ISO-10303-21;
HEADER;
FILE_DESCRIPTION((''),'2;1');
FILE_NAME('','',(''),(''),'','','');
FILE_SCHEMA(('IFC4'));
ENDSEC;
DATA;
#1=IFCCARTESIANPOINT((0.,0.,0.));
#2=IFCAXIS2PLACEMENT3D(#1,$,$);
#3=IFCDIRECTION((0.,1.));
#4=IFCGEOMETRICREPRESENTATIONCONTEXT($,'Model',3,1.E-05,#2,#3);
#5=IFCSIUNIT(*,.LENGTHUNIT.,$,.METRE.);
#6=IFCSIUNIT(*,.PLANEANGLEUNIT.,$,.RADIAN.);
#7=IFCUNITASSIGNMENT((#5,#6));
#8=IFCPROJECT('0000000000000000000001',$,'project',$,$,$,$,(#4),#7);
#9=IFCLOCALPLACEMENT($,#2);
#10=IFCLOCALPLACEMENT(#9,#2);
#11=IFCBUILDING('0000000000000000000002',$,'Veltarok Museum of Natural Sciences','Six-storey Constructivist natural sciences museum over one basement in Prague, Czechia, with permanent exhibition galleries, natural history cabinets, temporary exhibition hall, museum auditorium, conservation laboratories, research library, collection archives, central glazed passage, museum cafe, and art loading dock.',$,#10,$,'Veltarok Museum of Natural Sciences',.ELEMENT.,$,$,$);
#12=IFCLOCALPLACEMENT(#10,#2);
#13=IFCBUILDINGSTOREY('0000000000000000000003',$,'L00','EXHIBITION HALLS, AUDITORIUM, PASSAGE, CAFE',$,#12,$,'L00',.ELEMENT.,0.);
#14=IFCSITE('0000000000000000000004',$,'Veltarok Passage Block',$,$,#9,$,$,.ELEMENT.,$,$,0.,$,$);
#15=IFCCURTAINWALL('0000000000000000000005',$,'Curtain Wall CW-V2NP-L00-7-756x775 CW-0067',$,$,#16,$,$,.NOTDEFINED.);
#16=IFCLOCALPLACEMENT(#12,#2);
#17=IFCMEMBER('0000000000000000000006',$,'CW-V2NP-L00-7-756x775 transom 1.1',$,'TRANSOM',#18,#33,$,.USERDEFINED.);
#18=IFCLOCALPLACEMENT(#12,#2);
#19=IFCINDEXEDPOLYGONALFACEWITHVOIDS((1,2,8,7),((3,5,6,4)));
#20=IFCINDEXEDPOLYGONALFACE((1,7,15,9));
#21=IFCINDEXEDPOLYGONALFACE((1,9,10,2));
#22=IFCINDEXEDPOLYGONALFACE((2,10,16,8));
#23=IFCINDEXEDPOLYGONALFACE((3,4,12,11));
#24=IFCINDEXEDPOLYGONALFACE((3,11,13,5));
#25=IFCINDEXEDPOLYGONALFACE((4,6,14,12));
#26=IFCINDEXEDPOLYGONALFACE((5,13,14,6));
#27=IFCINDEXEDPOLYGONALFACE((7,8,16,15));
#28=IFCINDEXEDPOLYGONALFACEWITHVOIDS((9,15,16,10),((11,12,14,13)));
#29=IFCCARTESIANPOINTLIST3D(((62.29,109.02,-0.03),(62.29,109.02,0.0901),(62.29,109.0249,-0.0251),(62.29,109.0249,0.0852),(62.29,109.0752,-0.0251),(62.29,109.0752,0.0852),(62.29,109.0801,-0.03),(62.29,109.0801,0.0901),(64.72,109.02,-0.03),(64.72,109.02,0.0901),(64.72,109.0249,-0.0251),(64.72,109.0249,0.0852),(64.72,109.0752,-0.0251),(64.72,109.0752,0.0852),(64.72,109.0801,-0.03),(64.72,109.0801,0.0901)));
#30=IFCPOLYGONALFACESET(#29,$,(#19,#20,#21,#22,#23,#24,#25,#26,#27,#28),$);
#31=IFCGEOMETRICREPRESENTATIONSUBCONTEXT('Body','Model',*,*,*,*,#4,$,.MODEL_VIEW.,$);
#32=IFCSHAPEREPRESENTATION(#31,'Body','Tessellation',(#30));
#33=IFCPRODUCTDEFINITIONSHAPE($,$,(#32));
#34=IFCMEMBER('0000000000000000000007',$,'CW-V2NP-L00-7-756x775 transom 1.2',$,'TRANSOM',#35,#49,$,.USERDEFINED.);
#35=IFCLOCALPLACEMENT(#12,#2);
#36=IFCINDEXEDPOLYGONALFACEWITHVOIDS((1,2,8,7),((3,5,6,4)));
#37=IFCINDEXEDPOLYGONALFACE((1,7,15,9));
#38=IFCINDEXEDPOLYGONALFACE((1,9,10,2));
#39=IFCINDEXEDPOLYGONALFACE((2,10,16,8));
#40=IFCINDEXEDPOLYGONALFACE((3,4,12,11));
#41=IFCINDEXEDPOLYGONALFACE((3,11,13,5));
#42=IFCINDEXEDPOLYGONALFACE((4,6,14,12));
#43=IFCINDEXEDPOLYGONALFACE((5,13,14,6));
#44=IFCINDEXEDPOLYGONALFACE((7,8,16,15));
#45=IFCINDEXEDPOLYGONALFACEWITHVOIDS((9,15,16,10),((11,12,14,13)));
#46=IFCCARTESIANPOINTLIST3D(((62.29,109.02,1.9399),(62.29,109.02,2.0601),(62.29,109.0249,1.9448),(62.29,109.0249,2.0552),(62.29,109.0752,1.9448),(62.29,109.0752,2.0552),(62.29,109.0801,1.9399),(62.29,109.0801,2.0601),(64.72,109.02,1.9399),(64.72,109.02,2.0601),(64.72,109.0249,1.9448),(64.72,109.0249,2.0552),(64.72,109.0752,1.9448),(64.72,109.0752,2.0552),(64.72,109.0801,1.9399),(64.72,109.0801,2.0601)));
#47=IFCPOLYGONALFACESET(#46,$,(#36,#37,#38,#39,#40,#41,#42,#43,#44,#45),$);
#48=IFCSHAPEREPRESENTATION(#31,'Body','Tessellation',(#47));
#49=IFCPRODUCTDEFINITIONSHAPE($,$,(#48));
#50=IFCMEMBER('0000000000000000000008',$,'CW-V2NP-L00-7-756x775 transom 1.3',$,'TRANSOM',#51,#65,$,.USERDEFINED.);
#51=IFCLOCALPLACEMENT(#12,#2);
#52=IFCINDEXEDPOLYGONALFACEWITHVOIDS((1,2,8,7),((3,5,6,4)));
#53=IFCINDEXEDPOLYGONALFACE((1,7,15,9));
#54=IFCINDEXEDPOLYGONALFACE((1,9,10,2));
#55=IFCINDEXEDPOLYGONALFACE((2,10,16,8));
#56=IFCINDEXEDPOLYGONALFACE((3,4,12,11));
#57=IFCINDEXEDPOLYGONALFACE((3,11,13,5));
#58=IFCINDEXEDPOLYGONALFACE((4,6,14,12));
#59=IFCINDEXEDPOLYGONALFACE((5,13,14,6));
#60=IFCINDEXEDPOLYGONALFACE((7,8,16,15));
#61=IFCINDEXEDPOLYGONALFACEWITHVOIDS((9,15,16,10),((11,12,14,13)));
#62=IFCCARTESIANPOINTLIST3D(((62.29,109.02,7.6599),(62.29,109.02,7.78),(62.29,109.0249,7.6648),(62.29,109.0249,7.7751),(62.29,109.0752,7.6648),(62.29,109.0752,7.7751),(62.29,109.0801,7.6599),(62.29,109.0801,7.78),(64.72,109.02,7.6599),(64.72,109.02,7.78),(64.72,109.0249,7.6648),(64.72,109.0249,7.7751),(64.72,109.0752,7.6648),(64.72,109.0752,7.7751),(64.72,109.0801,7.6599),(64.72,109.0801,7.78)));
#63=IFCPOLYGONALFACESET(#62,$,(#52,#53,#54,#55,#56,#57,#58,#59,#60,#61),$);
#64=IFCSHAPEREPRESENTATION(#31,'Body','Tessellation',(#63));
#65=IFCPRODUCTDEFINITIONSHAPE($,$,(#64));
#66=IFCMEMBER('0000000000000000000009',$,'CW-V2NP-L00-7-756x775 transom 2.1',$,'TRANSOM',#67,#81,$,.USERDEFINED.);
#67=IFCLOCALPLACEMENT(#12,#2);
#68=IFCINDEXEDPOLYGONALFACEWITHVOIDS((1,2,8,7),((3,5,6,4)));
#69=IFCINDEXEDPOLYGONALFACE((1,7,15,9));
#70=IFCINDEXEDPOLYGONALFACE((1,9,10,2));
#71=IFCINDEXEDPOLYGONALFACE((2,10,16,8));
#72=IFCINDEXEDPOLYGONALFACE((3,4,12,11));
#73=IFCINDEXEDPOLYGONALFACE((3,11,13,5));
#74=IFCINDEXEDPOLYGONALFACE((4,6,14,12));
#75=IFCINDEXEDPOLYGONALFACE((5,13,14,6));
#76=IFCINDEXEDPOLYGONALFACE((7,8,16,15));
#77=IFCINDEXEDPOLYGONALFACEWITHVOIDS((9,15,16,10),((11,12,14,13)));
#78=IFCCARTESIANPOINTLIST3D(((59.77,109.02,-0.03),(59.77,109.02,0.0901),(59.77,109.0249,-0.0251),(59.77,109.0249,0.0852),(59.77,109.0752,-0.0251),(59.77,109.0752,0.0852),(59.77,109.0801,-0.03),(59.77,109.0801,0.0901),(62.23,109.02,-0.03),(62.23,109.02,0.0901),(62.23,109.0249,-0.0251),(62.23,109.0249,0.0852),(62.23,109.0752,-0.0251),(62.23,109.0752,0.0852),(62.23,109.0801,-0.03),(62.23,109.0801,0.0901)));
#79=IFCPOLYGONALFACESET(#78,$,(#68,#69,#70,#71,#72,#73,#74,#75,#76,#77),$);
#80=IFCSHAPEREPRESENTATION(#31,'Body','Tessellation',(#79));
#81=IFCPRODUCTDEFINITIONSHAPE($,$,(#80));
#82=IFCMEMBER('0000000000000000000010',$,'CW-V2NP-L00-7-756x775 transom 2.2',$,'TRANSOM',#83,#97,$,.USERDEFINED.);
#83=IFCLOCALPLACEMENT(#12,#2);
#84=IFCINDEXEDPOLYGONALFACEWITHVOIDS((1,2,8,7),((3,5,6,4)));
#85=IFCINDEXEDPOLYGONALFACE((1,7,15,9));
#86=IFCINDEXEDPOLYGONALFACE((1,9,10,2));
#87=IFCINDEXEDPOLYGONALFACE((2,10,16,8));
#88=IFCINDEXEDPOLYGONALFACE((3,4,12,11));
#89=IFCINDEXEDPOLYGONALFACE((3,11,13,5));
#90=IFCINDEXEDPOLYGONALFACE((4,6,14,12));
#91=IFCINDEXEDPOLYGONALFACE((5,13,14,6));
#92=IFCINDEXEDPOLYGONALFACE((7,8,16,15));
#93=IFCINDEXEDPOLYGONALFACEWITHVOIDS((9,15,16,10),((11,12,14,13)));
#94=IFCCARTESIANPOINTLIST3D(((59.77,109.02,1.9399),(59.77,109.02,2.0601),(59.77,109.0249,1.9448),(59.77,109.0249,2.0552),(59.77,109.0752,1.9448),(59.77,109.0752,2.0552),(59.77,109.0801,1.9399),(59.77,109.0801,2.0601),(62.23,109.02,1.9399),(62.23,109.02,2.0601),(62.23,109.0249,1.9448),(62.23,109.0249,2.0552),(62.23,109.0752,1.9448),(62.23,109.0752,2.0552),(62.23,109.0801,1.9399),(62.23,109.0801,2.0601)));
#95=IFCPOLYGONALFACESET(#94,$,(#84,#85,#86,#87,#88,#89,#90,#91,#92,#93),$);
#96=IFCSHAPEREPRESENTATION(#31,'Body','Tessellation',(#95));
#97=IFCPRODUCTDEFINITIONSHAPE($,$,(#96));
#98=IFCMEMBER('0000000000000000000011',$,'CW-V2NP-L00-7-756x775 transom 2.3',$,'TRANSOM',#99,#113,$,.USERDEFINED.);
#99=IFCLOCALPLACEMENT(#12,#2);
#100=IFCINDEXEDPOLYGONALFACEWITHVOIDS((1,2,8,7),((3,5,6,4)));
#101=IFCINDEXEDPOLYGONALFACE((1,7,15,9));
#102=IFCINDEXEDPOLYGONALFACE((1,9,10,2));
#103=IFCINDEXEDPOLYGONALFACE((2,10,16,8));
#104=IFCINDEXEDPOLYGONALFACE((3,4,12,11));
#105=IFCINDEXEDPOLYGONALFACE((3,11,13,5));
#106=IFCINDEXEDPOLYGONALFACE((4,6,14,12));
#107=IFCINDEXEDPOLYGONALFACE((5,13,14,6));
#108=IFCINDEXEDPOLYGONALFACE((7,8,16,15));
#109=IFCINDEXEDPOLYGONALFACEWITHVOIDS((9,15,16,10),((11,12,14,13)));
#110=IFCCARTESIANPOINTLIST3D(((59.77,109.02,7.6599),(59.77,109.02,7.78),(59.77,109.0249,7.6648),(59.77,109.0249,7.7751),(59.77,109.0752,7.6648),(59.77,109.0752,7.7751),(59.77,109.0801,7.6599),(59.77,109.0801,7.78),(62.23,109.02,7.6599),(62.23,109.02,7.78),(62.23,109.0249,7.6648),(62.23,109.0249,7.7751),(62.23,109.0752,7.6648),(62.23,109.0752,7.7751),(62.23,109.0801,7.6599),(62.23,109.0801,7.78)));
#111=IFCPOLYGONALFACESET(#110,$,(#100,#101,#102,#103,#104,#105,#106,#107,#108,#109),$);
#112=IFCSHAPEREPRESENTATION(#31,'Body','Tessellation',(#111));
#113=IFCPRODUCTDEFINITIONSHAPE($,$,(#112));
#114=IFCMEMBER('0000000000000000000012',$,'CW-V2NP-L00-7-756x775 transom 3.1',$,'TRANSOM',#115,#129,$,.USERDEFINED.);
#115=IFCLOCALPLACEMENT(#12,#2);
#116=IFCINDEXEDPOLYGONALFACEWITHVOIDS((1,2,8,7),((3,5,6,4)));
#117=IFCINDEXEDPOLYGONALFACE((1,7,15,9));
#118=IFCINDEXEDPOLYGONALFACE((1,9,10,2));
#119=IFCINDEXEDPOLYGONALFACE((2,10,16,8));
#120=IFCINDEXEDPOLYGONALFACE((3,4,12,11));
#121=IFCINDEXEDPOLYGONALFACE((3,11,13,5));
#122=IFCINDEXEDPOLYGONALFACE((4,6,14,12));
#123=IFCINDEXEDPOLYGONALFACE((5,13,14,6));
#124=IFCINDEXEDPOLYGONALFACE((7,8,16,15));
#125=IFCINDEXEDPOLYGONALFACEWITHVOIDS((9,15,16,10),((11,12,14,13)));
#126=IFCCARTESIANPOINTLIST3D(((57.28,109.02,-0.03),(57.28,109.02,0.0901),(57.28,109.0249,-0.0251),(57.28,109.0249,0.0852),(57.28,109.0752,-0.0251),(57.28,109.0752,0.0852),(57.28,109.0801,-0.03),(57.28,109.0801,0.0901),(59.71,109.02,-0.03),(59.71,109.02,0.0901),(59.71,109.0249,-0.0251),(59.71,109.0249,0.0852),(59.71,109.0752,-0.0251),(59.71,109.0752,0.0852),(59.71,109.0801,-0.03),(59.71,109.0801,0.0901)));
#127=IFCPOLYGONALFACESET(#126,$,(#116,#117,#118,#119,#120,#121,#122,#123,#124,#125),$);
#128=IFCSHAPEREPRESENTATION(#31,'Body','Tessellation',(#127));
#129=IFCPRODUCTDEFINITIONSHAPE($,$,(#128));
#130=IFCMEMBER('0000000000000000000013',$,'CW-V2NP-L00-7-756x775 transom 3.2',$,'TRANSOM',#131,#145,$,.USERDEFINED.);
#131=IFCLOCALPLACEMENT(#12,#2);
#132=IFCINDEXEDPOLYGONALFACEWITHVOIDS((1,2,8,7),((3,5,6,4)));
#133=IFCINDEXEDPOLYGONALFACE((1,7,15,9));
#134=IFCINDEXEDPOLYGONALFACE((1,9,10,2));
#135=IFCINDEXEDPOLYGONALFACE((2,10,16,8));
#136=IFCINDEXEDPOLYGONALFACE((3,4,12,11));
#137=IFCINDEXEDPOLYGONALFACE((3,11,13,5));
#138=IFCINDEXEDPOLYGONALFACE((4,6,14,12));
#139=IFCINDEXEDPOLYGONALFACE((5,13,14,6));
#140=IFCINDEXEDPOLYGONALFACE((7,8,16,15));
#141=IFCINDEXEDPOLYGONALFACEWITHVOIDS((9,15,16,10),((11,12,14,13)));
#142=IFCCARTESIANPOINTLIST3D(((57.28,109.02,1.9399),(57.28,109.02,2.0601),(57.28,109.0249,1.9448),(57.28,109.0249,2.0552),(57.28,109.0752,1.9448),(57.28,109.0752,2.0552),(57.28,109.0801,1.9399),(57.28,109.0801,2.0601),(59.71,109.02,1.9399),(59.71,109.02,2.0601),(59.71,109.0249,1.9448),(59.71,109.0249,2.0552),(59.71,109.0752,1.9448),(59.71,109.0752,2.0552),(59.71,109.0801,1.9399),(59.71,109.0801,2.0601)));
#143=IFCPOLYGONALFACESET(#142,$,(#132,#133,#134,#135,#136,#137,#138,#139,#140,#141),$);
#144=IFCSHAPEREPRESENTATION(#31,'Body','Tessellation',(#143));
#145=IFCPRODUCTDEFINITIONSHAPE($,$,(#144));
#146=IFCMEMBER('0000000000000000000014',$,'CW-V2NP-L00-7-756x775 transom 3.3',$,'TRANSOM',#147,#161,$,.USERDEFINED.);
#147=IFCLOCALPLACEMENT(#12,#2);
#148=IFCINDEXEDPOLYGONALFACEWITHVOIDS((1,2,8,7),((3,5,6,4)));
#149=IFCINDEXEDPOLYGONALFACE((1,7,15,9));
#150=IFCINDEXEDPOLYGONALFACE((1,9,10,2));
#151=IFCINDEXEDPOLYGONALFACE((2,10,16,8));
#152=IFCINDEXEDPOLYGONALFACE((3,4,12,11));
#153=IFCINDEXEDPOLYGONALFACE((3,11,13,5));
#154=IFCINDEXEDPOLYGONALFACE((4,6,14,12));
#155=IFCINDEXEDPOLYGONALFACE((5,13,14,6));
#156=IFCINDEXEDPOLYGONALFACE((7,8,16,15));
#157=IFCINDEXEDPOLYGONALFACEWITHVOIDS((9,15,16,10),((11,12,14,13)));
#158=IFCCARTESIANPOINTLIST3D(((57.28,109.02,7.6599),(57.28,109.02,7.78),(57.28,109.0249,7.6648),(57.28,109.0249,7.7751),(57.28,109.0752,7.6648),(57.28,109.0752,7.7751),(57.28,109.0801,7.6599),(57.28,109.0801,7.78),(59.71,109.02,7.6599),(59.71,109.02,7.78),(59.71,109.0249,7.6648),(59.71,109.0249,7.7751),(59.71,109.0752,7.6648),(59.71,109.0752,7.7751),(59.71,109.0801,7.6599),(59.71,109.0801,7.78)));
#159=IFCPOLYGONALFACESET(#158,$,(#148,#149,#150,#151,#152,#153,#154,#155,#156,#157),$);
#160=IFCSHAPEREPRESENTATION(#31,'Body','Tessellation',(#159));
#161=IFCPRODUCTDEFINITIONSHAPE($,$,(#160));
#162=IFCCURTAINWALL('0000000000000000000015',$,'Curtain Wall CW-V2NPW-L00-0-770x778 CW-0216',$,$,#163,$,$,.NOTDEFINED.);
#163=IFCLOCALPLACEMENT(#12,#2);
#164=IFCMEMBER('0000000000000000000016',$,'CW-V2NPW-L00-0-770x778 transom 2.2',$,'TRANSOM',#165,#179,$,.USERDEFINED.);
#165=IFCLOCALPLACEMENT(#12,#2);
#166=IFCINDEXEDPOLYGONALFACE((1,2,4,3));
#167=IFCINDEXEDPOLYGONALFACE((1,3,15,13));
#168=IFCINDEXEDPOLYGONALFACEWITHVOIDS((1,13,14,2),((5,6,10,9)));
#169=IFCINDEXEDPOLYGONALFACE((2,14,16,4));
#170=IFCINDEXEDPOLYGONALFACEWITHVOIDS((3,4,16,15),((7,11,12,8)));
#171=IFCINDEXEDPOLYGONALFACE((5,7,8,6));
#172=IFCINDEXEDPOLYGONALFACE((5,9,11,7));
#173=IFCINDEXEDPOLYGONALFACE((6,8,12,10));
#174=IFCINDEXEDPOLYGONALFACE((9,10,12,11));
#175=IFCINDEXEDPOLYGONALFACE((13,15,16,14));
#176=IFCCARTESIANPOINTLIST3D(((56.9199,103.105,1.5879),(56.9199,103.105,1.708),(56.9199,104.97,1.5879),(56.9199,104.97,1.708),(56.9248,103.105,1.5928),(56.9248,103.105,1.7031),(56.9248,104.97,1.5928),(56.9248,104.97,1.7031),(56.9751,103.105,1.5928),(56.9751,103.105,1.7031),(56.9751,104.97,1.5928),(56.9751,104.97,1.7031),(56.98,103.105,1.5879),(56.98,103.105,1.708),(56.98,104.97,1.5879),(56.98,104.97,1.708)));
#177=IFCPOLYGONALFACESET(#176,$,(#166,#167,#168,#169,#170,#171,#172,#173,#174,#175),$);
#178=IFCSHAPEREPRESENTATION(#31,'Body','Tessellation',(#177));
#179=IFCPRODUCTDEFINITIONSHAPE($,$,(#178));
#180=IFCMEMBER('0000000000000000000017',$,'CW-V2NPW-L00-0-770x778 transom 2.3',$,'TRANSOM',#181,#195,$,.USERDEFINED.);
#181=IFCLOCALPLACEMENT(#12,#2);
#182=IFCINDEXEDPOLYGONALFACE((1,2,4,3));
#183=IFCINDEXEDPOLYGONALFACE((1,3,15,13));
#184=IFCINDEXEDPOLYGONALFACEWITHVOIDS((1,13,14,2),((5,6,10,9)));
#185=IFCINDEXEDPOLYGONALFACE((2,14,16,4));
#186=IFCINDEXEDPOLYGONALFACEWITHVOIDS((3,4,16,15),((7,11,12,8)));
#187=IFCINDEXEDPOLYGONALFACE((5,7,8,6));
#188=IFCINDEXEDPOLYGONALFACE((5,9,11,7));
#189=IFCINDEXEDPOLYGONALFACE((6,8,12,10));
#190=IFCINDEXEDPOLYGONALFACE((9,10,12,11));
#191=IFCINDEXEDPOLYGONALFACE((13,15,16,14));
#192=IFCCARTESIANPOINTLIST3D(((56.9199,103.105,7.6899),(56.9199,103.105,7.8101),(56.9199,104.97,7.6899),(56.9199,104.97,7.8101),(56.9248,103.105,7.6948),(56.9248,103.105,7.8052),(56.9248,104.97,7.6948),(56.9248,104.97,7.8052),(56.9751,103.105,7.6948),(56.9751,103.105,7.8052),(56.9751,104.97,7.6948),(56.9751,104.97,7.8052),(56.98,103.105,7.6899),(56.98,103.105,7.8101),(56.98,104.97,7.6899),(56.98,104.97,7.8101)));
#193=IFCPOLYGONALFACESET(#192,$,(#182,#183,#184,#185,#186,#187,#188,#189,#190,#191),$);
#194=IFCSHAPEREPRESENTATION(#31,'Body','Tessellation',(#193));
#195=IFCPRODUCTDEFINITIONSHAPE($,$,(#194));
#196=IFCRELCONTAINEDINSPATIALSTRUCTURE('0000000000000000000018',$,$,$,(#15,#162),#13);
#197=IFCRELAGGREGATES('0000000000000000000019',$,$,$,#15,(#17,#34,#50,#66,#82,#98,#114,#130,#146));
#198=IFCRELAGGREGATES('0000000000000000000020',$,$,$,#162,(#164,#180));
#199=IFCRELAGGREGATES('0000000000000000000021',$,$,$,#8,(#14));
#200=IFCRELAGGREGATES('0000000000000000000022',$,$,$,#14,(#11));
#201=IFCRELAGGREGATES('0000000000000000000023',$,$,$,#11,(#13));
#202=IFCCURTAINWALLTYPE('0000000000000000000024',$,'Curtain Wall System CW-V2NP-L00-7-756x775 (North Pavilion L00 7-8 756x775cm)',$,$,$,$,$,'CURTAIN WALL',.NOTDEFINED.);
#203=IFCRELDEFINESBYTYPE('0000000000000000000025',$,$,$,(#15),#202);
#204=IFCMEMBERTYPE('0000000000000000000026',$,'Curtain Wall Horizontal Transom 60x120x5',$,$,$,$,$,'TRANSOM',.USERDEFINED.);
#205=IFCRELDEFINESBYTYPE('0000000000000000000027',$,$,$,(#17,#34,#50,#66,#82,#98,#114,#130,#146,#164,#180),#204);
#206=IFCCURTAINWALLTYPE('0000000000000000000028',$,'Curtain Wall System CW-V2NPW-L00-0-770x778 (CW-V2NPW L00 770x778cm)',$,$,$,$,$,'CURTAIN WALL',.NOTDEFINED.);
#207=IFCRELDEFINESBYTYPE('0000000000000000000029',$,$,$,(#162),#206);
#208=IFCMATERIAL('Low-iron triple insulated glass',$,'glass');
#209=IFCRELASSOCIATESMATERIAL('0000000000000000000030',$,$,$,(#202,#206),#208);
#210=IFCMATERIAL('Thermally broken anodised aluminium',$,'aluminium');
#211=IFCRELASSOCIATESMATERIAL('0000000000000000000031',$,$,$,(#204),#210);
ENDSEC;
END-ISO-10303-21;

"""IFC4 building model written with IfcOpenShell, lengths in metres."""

from ifc_helpers import new_model, si_unit, direction, frame, origin, origin_2d, place, context, subcontext, project, spatial, hollow_rectangle, extrude, material, material_profile, profile_set, type_object, element, aggregate, save


model = new_model("IFC4")

# Units and contexts
model_context = context("Model", 3, precision=1e-05, world=origin(), true_north=direction((0.0, 1.0)))
body_context = subcontext(model_context, "Body", "Model", "MODEL_VIEW")
ifc_project = project(units=[si_unit("LENGTHUNIT", "METRE"), si_unit("PLANEANGLEUNIT", "RADIAN")], contexts=[model_context])

# Site, building, storey
site_placement = place(None, origin())
site = spatial("IfcSite", under=ifc_project, at=site_placement, Name="Veltarok Passage Block", CompositionType="ELEMENT", RefElevation=0.0)
building_placement = place(site_placement, origin())
building = spatial("IfcBuilding", under=site, at=building_placement, Name="Veltarok Museum of Natural Sciences", Description="Six-storey Constructivist natural sciences museum over one basement in Prague, Czechia, with permanent exhibition galleries, natural history cabinets, temporary exhibition hall, museum auditorium, conservation laboratories, research library, collection archives, central glazed passage, museum cafe, and art loading dock.", LongName="Veltarok Museum of Natural Sciences", CompositionType="ELEMENT")
storey_placement = place(building_placement, origin())
storey = spatial("IfcBuildingStorey", under=building, at=storey_placement, Name="L00", Description="EXHIBITION HALLS, AUDITORIUM, PASSAGE, CAFE", LongName="L00", CompositionType="ELEMENT", Elevation=0.0)

# Curtain walls, members
ifc_material_1 = material(Name="Low-iron triple insulated glass", Category="glass")
curtain_wall_type_1 = type_object("IfcCurtainWallType", Name="Curtain Wall System CW-V2NP-L00-7-756x775 (North Pavilion L00 7-8 756x775cm)", ElementType="CURTAIN WALL", PredefinedType="NOTDEFINED", material=ifc_material_1)
curtain_wall_1_placement = place(storey_placement, origin())
curtain_wall_1 = element("IfcCurtainWall", 1, at=curtain_wall_1_placement, inside=storey, type_object=curtain_wall_type_1, Name="Curtain Wall CW-V2NP-L00-7-756x775 CW-0067", PredefinedType="NOTDEFINED")
ifc_material_2 = material(Name="Thermally broken anodised aluminium", Category="aluminium")
ifc_material_profile_1 = material_profile(ifc_material_2, hollow_rectangle(XDim=0.0601, YDim=0.1201, WallThickness=0.0049, at=origin_2d()), Name="CW TRANSOM 60x120x5")
ifc_profile_set_1 = profile_set([ifc_material_profile_1], Name="Thermally broken anodised aluminium")
member_type_1 = type_object("IfcMemberType", Name="Curtain Wall Horizontal Transom 60x120x5", ElementType="TRANSOM", PredefinedType="USERDEFINED", material=ifc_profile_set_1)
member_1_placement = place(storey_placement, frame((64.72, 109.05, 0.03), z_axis=(-1.0, 0.0, 0.0), x_axis=(0.0, -1.0, 0.0)))
member_1 = element("IfcMember", 2, at=member_1_placement, type_object=member_type_1, Name="CW-V2NP-L00-7-756x775 transom 1.1", ObjectType="TRANSOM", PredefinedType="USERDEFINED", context=body_context, shape_type="SweptSolid", body=[
    extrude(hollow_rectangle(XDim=0.0601, YDim=0.1201, WallThickness=0.0049, at=origin_2d()), origin(), (0.0, 0.0, 1.0), 2.4299),
])
member_2_placement = place(storey_placement, frame((64.72, 109.05, 2.0), z_axis=(-1.0, 0.0, 0.0), x_axis=(0.0, -1.0, 0.0)))
member_2 = element("IfcMember", 3, at=member_2_placement, type_object=member_type_1, Name="CW-V2NP-L00-7-756x775 transom 1.2", ObjectType="TRANSOM", PredefinedType="USERDEFINED", context=body_context, shape_type="SweptSolid", body=[
    extrude(hollow_rectangle(XDim=0.0601, YDim=0.1201, WallThickness=0.0049, at=origin_2d()), origin(), (0.0, 0.0, 1.0), 2.4299),
])
member_3_placement = place(storey_placement, frame((64.72, 109.05, 7.72), z_axis=(-1.0, 0.0, 0.0), x_axis=(0.0, -1.0, 0.0)))
member_3 = element("IfcMember", 4, at=member_3_placement, type_object=member_type_1, Name="CW-V2NP-L00-7-756x775 transom 1.3", ObjectType="TRANSOM", PredefinedType="USERDEFINED", context=body_context, shape_type="SweptSolid", body=[
    extrude(hollow_rectangle(XDim=0.0601, YDim=0.1201, WallThickness=0.0049, at=origin_2d()), origin(), (0.0, 0.0, 1.0), 2.4299),
])
member_4_placement = place(storey_placement, frame((62.23, 109.05, 0.03), z_axis=(-1.0, 0.0, 0.0), x_axis=(0.0, -1.0, 0.0)))
member_4 = element("IfcMember", 5, at=member_4_placement, type_object=member_type_1, Name="CW-V2NP-L00-7-756x775 transom 2.1", ObjectType="TRANSOM", PredefinedType="USERDEFINED", context=body_context, shape_type="SweptSolid", body=[
    extrude(hollow_rectangle(XDim=0.0601, YDim=0.1201, WallThickness=0.0049, at=origin_2d()), origin(), (0.0, 0.0, 1.0), 2.46),
])
member_5_placement = place(storey_placement, frame((62.23, 109.05, 2.0), z_axis=(-1.0, 0.0, 0.0), x_axis=(0.0, -1.0, 0.0)))
member_5 = element("IfcMember", 6, at=member_5_placement, type_object=member_type_1, Name="CW-V2NP-L00-7-756x775 transom 2.2", ObjectType="TRANSOM", PredefinedType="USERDEFINED", context=body_context, shape_type="SweptSolid", body=[
    extrude(hollow_rectangle(XDim=0.0601, YDim=0.1201, WallThickness=0.0049, at=origin_2d()), origin(), (0.0, 0.0, 1.0), 2.46),
])
member_6_placement = place(storey_placement, frame((62.23, 109.05, 7.72), z_axis=(-1.0, 0.0, 0.0), x_axis=(0.0, -1.0, 0.0)))
member_6 = element("IfcMember", 7, at=member_6_placement, type_object=member_type_1, Name="CW-V2NP-L00-7-756x775 transom 2.3", ObjectType="TRANSOM", PredefinedType="USERDEFINED", context=body_context, shape_type="SweptSolid", body=[
    extrude(hollow_rectangle(XDim=0.0601, YDim=0.1201, WallThickness=0.0049, at=origin_2d()), origin(), (0.0, 0.0, 1.0), 2.46),
])
member_7_placement = place(storey_placement, frame((59.71, 109.05, 0.03), z_axis=(-1.0, 0.0, 0.0), x_axis=(0.0, -1.0, 0.0)))
member_7 = element("IfcMember", 8, at=member_7_placement, type_object=member_type_1, Name="CW-V2NP-L00-7-756x775 transom 3.1", ObjectType="TRANSOM", PredefinedType="USERDEFINED", context=body_context, shape_type="SweptSolid", body=[
    extrude(hollow_rectangle(XDim=0.0601, YDim=0.1201, WallThickness=0.0049, at=origin_2d()), origin(), (0.0, 0.0, 1.0), 2.4299),
])
member_8_placement = place(storey_placement, frame((59.71, 109.05, 2.0), z_axis=(-1.0, 0.0, 0.0), x_axis=(0.0, -1.0, 0.0)))
member_8 = element("IfcMember", 9, at=member_8_placement, type_object=member_type_1, Name="CW-V2NP-L00-7-756x775 transom 3.2", ObjectType="TRANSOM", PredefinedType="USERDEFINED", context=body_context, shape_type="SweptSolid", body=[
    extrude(hollow_rectangle(XDim=0.0601, YDim=0.1201, WallThickness=0.0049, at=origin_2d()), origin(), (0.0, 0.0, 1.0), 2.4299),
])
member_9_placement = place(storey_placement, frame((59.71, 109.05, 7.72), z_axis=(-1.0, 0.0, 0.0), x_axis=(0.0, -1.0, 0.0)))
member_9 = element("IfcMember", 10, at=member_9_placement, type_object=member_type_1, Name="CW-V2NP-L00-7-756x775 transom 3.3", ObjectType="TRANSOM", PredefinedType="USERDEFINED", context=body_context, shape_type="SweptSolid", body=[
    extrude(hollow_rectangle(XDim=0.0601, YDim=0.1201, WallThickness=0.0049, at=origin_2d()), origin(), (0.0, 0.0, 1.0), 2.4299),
])
curtain_wall_type_2 = type_object("IfcCurtainWallType", Name="Curtain Wall System CW-V2NPW-L00-0-770x778 (CW-V2NPW L00 770x778cm)", ElementType="CURTAIN WALL", PredefinedType="NOTDEFINED", material=ifc_material_1)
curtain_wall_2_placement = place(storey_placement, origin())
curtain_wall_2 = element("IfcCurtainWall", 11, at=curtain_wall_2_placement, inside=storey, type_object=curtain_wall_type_2, Name="Curtain Wall CW-V2NPW-L00-0-770x778 CW-0216", PredefinedType="NOTDEFINED")
member_10_placement = place(storey_placement, frame((56.95, 103.105, 1.6479), z_axis=(0.0, 1.0, 0.0), x_axis=(-1.0, 0.0, 0.0)))
member_10 = element("IfcMember", 12, at=member_10_placement, type_object=member_type_1, Name="CW-V2NPW-L00-0-770x778 transom 2.2", ObjectType="TRANSOM", PredefinedType="USERDEFINED", context=body_context, shape_type="SweptSolid", body=[
    extrude(hollow_rectangle(XDim=0.0601, YDim=0.1201, WallThickness=0.0049, at=origin_2d()), origin(), (0.0, 0.0, 1.0), 1.865),
])
member_11_placement = place(storey_placement, frame((56.95, 103.105, 7.75), z_axis=(0.0, 1.0, 0.0), x_axis=(-1.0, 0.0, 0.0)))
member_11 = element("IfcMember", 13, at=member_11_placement, type_object=member_type_1, Name="CW-V2NPW-L00-0-770x778 transom 2.3", ObjectType="TRANSOM", PredefinedType="USERDEFINED", context=body_context, shape_type="SweptSolid", body=[
    extrude(hollow_rectangle(XDim=0.0601, YDim=0.1201, WallThickness=0.0049, at=origin_2d()), origin(), (0.0, 0.0, 1.0), 1.865),
])

aggregate(curtain_wall_1, [member_1, member_2, member_3, member_4, member_5, member_6, member_7, member_8, member_9])
aggregate(curtain_wall_2, [member_10, member_11])

save(model, "model.ifc")
